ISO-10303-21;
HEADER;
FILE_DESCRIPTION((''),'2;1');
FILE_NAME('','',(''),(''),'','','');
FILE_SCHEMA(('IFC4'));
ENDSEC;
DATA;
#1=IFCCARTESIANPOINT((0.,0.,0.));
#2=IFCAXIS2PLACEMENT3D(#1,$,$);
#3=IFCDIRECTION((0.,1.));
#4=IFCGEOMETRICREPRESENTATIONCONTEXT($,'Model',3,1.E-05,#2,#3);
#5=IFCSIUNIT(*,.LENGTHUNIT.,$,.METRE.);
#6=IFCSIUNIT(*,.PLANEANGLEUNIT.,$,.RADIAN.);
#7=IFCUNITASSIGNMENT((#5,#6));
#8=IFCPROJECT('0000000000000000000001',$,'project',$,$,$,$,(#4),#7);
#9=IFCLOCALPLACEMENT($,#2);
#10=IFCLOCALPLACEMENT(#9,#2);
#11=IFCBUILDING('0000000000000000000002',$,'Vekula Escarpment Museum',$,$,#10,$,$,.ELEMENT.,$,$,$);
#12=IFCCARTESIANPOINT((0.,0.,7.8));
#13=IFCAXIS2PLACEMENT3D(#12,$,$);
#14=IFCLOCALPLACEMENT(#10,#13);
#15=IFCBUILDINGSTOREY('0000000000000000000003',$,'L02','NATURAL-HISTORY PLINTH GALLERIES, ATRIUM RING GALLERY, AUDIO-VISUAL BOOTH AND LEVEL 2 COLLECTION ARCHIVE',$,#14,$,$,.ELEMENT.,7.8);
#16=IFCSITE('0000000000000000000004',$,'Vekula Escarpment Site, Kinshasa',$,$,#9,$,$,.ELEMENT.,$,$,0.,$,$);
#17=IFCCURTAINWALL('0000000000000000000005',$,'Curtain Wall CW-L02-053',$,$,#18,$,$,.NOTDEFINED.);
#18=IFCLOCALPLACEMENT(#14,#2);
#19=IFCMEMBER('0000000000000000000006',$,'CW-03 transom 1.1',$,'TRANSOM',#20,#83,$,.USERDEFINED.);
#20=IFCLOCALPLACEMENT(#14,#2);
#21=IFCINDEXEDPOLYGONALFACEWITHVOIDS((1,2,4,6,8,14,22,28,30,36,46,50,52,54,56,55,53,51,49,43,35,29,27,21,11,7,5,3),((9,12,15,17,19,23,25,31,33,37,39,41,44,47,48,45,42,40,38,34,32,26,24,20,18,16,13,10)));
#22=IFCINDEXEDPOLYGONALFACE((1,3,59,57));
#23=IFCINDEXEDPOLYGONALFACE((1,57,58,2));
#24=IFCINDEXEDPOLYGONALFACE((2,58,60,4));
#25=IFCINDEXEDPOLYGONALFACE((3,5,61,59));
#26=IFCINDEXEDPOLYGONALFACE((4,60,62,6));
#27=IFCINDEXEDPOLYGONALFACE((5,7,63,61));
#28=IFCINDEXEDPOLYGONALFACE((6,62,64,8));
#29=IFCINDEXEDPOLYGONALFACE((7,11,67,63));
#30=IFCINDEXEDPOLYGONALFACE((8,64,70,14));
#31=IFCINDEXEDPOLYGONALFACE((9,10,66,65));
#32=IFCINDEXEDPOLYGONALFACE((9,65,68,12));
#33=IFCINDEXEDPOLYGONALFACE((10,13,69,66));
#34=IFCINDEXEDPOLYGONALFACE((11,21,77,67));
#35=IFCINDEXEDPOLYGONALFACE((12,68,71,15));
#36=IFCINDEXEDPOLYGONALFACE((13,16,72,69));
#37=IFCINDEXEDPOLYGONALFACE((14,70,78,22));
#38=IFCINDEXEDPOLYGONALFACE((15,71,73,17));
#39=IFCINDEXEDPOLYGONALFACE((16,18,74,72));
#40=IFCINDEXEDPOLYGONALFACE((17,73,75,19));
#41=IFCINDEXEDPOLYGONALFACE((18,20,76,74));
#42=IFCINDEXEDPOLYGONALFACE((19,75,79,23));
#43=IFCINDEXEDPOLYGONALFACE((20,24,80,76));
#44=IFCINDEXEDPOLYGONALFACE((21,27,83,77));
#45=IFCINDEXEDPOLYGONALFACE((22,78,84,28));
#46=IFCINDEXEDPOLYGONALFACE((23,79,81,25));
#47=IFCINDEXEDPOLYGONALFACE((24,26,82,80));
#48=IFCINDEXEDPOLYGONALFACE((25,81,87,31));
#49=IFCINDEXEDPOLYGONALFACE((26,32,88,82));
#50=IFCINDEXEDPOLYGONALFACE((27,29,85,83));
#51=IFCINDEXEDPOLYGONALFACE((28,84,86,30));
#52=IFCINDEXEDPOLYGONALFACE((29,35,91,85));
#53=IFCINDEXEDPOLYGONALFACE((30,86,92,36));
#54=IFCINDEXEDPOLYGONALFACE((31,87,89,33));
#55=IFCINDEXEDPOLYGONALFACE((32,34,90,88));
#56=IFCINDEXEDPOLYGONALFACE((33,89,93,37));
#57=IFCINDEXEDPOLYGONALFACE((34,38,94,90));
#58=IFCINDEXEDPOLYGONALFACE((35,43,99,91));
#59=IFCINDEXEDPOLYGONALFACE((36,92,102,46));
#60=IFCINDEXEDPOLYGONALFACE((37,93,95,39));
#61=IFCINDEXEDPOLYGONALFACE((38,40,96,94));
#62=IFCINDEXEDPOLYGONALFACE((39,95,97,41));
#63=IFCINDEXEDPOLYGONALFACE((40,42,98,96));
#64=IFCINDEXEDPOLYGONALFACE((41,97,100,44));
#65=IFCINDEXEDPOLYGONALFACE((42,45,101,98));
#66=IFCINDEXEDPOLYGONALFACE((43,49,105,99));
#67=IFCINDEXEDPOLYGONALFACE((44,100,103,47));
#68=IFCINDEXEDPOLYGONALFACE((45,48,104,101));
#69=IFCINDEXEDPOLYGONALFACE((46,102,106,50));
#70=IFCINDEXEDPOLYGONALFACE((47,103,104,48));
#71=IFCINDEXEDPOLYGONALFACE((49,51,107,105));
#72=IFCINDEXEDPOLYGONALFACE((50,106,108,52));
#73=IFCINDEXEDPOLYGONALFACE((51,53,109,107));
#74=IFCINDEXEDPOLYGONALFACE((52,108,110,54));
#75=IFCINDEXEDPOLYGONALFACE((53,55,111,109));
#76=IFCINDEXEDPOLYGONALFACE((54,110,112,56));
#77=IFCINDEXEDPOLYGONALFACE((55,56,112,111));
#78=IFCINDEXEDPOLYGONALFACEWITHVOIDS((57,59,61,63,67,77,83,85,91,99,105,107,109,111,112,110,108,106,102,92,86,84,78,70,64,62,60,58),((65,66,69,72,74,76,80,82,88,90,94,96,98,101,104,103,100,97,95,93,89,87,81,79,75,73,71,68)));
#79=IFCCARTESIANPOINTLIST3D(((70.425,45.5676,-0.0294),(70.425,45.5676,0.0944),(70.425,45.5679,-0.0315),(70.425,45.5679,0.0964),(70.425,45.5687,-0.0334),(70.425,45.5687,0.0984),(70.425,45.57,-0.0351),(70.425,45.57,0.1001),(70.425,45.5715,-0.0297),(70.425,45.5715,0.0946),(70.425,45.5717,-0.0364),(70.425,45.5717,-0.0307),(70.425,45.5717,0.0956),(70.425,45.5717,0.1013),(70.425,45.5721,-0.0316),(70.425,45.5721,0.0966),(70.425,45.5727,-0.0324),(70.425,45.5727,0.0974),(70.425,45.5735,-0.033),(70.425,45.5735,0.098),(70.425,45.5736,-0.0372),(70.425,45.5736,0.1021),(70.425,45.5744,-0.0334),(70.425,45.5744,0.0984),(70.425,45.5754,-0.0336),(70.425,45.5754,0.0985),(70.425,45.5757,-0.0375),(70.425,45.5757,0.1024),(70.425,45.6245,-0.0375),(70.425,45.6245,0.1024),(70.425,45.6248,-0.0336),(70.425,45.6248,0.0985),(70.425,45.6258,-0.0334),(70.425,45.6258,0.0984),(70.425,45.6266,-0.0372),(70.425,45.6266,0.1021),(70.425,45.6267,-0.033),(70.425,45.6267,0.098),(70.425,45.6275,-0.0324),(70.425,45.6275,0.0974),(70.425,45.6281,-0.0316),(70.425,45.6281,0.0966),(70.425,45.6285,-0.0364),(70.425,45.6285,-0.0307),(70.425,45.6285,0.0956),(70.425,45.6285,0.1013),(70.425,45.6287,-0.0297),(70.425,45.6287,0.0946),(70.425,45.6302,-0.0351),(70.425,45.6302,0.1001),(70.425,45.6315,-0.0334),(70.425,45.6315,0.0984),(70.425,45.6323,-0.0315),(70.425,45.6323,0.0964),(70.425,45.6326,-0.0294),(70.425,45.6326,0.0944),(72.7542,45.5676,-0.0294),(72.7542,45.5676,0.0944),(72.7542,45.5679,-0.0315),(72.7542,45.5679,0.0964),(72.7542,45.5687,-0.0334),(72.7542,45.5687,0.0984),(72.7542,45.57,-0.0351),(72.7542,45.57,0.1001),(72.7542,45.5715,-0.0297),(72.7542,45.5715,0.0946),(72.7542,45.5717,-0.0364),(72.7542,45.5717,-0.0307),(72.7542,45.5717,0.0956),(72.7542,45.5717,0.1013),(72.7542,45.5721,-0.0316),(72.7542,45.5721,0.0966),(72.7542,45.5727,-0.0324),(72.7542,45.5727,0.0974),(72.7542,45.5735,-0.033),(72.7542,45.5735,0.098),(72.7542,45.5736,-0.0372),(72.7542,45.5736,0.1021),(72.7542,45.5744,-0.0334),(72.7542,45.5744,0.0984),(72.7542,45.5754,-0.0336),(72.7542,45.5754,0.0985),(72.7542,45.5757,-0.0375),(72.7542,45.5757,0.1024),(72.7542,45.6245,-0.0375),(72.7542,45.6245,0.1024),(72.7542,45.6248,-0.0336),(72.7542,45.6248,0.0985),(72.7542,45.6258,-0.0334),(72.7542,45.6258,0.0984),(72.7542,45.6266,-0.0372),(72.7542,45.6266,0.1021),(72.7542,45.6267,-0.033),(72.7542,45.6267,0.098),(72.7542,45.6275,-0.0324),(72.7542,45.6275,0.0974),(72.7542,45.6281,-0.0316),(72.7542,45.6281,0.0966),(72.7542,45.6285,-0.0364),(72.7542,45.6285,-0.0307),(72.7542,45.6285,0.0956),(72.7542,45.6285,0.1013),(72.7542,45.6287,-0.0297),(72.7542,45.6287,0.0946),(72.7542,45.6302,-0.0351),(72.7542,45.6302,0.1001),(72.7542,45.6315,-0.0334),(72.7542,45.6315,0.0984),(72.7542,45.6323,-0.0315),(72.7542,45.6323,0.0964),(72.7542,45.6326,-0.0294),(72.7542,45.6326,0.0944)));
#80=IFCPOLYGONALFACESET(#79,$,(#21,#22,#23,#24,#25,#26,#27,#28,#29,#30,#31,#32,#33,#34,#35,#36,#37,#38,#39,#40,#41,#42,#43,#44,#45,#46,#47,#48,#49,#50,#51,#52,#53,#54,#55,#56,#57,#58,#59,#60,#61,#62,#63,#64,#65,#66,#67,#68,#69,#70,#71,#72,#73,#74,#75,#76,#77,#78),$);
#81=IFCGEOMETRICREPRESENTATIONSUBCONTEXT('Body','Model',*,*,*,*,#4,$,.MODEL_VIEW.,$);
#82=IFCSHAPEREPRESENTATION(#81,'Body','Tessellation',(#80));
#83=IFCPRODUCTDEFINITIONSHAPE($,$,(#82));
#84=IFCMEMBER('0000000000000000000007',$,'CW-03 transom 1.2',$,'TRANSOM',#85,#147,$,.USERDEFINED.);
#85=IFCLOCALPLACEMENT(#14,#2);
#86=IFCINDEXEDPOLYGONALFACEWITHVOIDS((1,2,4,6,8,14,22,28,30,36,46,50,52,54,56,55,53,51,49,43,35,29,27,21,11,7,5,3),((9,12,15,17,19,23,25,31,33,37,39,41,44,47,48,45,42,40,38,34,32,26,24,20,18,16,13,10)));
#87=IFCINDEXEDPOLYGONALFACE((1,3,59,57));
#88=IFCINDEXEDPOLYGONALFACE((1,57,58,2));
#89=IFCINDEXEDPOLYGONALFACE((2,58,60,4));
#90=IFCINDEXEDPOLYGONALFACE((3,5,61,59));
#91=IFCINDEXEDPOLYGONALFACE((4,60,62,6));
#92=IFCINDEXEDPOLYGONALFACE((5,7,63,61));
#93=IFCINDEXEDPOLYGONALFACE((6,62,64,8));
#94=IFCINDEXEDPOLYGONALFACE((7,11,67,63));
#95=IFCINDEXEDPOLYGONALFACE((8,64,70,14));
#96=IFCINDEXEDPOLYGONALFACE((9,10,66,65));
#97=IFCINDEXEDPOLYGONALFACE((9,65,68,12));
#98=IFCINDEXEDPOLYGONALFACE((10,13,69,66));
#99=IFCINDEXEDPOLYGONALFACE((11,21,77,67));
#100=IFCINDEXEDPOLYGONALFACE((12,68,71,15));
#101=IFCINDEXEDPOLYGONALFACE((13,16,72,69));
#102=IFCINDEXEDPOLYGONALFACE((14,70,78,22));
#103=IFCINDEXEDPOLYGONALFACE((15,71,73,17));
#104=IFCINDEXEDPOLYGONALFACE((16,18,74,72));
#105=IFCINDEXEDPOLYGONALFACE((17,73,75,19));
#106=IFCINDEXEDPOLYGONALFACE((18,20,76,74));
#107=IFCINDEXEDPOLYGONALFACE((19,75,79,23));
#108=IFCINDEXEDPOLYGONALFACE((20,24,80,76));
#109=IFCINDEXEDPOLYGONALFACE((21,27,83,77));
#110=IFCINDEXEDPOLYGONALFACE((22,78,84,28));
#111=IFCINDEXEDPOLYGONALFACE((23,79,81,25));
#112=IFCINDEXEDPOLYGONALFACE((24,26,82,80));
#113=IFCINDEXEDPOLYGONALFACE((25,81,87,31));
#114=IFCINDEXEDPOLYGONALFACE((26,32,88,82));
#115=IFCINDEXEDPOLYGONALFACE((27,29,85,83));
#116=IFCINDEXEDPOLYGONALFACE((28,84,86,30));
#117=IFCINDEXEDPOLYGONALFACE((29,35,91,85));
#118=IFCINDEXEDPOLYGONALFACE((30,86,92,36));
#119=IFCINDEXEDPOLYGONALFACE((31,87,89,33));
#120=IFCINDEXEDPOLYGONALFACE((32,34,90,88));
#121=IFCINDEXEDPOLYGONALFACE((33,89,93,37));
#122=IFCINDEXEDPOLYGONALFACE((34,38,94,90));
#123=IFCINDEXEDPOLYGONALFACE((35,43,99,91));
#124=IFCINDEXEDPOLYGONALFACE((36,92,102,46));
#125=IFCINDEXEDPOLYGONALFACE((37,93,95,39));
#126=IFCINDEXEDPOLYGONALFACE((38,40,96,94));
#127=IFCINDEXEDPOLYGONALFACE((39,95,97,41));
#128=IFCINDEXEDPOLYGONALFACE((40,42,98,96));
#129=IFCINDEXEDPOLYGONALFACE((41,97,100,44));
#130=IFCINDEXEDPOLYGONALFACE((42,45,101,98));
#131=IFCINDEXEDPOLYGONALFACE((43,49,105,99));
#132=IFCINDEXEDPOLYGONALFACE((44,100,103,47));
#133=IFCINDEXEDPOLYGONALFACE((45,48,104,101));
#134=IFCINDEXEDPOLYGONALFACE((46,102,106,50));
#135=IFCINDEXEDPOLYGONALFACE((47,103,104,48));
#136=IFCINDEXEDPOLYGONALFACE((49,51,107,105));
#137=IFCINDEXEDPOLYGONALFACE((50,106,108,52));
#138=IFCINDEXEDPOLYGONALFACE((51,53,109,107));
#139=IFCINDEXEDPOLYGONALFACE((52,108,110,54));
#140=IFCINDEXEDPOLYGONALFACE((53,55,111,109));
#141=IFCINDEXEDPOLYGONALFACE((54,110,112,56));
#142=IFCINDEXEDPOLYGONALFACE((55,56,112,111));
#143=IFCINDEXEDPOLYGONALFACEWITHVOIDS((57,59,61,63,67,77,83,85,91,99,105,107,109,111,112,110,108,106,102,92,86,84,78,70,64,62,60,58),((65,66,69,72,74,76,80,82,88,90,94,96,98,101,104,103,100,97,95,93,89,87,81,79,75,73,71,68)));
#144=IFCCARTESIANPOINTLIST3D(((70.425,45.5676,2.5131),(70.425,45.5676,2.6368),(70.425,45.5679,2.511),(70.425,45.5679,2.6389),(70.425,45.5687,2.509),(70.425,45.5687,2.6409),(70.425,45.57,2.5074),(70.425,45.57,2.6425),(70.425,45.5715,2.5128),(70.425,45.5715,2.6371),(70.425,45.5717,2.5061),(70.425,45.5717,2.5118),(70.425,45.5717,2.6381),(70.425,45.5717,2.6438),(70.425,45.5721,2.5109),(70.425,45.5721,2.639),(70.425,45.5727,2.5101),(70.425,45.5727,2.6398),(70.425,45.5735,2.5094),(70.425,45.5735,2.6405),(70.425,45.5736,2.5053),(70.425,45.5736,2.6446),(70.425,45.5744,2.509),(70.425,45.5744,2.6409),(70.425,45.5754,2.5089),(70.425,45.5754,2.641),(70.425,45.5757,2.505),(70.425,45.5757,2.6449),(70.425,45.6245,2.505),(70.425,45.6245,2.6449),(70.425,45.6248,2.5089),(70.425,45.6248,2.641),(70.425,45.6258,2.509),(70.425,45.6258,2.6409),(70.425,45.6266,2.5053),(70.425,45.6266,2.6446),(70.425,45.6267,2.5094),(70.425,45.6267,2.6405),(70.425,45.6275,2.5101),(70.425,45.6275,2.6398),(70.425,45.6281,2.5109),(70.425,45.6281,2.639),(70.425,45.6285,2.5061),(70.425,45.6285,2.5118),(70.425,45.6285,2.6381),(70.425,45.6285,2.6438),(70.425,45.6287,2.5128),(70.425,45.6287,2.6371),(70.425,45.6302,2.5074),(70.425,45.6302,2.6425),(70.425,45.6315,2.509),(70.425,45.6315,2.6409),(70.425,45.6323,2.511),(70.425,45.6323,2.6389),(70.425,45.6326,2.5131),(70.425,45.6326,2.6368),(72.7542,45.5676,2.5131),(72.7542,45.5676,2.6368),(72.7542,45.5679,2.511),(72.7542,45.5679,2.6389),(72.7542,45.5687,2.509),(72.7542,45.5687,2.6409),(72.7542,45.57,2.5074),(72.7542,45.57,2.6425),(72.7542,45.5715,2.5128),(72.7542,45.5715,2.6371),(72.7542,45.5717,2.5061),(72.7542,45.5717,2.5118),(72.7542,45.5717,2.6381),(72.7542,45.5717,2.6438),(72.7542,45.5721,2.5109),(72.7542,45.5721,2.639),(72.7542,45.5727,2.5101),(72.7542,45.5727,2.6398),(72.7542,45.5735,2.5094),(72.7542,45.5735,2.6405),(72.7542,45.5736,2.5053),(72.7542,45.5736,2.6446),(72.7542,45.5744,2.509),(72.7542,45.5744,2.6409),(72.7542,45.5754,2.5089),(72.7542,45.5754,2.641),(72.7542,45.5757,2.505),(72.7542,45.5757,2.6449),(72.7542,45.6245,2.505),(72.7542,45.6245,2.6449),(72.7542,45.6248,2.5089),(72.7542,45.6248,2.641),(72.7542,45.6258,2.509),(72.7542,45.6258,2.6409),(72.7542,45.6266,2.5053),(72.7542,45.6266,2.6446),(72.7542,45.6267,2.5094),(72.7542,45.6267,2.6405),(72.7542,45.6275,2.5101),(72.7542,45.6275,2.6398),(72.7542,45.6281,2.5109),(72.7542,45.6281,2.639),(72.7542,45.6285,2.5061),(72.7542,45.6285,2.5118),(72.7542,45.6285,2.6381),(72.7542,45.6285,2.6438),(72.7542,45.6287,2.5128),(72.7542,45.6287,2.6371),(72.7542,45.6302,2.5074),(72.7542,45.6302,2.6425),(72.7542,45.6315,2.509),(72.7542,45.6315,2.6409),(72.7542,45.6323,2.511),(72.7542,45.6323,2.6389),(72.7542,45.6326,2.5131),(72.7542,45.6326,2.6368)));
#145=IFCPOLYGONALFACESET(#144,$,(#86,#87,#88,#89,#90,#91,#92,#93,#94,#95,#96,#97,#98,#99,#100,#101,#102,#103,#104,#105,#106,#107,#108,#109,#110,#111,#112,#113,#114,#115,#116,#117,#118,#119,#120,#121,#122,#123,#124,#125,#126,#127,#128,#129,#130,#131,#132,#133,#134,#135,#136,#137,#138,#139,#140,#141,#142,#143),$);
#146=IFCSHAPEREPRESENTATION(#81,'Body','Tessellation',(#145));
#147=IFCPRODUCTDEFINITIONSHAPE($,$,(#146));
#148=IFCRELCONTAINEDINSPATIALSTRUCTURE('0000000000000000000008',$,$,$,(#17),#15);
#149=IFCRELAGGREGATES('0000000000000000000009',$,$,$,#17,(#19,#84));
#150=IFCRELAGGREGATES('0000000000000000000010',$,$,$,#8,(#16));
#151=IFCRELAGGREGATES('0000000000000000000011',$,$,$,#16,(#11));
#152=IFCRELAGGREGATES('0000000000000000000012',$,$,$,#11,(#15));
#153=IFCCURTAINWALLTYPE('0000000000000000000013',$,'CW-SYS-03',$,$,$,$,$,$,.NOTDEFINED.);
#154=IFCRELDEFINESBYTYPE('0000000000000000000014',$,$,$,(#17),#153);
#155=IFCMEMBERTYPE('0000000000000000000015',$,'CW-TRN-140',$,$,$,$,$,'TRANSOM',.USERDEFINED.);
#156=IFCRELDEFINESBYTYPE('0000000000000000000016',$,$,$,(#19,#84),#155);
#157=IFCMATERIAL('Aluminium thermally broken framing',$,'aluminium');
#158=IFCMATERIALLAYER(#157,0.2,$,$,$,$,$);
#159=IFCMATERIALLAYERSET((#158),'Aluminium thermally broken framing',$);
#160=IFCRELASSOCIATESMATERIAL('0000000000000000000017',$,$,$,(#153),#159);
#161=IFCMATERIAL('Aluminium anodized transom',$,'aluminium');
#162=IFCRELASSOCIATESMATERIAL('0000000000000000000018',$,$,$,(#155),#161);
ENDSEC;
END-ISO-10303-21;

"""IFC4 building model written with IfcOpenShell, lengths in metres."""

from ifc_helpers import new_model, si_unit, direction, frame, origin, origin_2d, place, context, subcontext, project, spatial, hollow_rectangle, extrude, material, layer, layer_set, material_profile, profile_set, type_object, element, aggregate, save


model = new_model("IFC4")

# Units and contexts
model_context = context("Model", 3, precision=1e-05, world=origin(), true_north=direction((0.0, 1.0)))
body_context = subcontext(model_context, "Body", "Model", "MODEL_VIEW")
ifc_project = project(units=[si_unit("LENGTHUNIT", "METRE"), si_unit("PLANEANGLEUNIT", "RADIAN")], contexts=[model_context])

# Site, building, storey
site_placement = place(None, origin())
site = spatial("IfcSite", under=ifc_project, at=site_placement, Name="Vekula Escarpment Site, Kinshasa", CompositionType="ELEMENT", RefElevation=0.0)
building_placement = place(site_placement, origin())
building = spatial("IfcBuilding", under=site, at=building_placement, Name="Vekula Escarpment Museum", CompositionType="ELEMENT")
storey_placement = place(building_placement, frame((0.0, 0.0, 7.8)))
storey = spatial("IfcBuildingStorey", under=building, at=storey_placement, Name="L02", Description="NATURAL-HISTORY PLINTH GALLERIES, ATRIUM RING GALLERY, AUDIO-VISUAL BOOTH AND LEVEL 2 COLLECTION ARCHIVE", CompositionType="ELEMENT", Elevation=7.8)

# Curtain wall
ifc_material_1 = material(Name="Aluminium thermally broken framing", Category="aluminium")
ifc_layer_1 = layer(ifc_material_1, 0.2)
ifc_layer_set_1 = layer_set([ifc_layer_1], Name="Aluminium thermally broken framing")
curtain_wall_type_1 = type_object("IfcCurtainWallType", Name="CW-SYS-03", PredefinedType="NOTDEFINED", material=ifc_layer_set_1)
curtain_wall_1_placement = place(storey_placement, origin())
curtain_wall_1 = element("IfcCurtainWall", 1, at=curtain_wall_1_placement, inside=storey, type_object=curtain_wall_type_1, Name="Curtain Wall CW-L02-053", PredefinedType="NOTDEFINED")

# Members
ifc_material_2 = material(Name="Aluminium anodized transom", Category="aluminium")
ifc_material_profile_1 = material_profile(ifc_material_2, hollow_rectangle(XDim=0.0649, YDim=0.1399, WallThickness=0.0039, InnerFilletRadius=0.0039, OuterFilletRadius=0.0081, at=origin_2d()), Name="ALU 140x65x4")
ifc_profile_set_1 = profile_set([ifc_material_profile_1], Name="Aluminium anodized transom")
member_type_1 = type_object("IfcMemberType", Name="CW-TRN-140", ElementType="TRANSOM", PredefinedType="USERDEFINED", material=ifc_profile_set_1)
member_1_placement = place(storey_placement, frame((70.425, 45.6001, 0.0325), z_axis=(1.0, 0.0, 0.0), x_axis=(0.0, 1.0, 0.0)))
member_1 = element("IfcMember", 2, at=member_1_placement, type_object=member_type_1, Name="CW-03 transom 1.1", ObjectType="TRANSOM", PredefinedType="USERDEFINED", context=body_context, shape_type="SweptSolid", body=[
    extrude(hollow_rectangle(XDim=0.0649, YDim=0.1399, WallThickness=0.0039, InnerFilletRadius=0.0039, OuterFilletRadius=0.0081, at=origin_2d()), origin(), (0.0, 0.0, 1.0), 2.3291),
])
member_2_placement = place(storey_placement, frame((70.425, 45.6001, 2.575), z_axis=(1.0, 0.0, 0.0), x_axis=(0.0, 1.0, 0.0)))
member_2 = element("IfcMember", 3, at=member_2_placement, type_object=member_type_1, Name="CW-03 transom 1.2", ObjectType="TRANSOM", PredefinedType="USERDEFINED", context=body_context, shape_type="SweptSolid", body=[
    extrude(hollow_rectangle(XDim=0.0649, YDim=0.1399, WallThickness=0.0039, InnerFilletRadius=0.0039, OuterFilletRadius=0.0081, at=origin_2d()), origin(), (0.0, 0.0, 1.0), 2.3291),
])

aggregate(curtain_wall_1, [member_1, member_2])

save(model, "model.ifc")
